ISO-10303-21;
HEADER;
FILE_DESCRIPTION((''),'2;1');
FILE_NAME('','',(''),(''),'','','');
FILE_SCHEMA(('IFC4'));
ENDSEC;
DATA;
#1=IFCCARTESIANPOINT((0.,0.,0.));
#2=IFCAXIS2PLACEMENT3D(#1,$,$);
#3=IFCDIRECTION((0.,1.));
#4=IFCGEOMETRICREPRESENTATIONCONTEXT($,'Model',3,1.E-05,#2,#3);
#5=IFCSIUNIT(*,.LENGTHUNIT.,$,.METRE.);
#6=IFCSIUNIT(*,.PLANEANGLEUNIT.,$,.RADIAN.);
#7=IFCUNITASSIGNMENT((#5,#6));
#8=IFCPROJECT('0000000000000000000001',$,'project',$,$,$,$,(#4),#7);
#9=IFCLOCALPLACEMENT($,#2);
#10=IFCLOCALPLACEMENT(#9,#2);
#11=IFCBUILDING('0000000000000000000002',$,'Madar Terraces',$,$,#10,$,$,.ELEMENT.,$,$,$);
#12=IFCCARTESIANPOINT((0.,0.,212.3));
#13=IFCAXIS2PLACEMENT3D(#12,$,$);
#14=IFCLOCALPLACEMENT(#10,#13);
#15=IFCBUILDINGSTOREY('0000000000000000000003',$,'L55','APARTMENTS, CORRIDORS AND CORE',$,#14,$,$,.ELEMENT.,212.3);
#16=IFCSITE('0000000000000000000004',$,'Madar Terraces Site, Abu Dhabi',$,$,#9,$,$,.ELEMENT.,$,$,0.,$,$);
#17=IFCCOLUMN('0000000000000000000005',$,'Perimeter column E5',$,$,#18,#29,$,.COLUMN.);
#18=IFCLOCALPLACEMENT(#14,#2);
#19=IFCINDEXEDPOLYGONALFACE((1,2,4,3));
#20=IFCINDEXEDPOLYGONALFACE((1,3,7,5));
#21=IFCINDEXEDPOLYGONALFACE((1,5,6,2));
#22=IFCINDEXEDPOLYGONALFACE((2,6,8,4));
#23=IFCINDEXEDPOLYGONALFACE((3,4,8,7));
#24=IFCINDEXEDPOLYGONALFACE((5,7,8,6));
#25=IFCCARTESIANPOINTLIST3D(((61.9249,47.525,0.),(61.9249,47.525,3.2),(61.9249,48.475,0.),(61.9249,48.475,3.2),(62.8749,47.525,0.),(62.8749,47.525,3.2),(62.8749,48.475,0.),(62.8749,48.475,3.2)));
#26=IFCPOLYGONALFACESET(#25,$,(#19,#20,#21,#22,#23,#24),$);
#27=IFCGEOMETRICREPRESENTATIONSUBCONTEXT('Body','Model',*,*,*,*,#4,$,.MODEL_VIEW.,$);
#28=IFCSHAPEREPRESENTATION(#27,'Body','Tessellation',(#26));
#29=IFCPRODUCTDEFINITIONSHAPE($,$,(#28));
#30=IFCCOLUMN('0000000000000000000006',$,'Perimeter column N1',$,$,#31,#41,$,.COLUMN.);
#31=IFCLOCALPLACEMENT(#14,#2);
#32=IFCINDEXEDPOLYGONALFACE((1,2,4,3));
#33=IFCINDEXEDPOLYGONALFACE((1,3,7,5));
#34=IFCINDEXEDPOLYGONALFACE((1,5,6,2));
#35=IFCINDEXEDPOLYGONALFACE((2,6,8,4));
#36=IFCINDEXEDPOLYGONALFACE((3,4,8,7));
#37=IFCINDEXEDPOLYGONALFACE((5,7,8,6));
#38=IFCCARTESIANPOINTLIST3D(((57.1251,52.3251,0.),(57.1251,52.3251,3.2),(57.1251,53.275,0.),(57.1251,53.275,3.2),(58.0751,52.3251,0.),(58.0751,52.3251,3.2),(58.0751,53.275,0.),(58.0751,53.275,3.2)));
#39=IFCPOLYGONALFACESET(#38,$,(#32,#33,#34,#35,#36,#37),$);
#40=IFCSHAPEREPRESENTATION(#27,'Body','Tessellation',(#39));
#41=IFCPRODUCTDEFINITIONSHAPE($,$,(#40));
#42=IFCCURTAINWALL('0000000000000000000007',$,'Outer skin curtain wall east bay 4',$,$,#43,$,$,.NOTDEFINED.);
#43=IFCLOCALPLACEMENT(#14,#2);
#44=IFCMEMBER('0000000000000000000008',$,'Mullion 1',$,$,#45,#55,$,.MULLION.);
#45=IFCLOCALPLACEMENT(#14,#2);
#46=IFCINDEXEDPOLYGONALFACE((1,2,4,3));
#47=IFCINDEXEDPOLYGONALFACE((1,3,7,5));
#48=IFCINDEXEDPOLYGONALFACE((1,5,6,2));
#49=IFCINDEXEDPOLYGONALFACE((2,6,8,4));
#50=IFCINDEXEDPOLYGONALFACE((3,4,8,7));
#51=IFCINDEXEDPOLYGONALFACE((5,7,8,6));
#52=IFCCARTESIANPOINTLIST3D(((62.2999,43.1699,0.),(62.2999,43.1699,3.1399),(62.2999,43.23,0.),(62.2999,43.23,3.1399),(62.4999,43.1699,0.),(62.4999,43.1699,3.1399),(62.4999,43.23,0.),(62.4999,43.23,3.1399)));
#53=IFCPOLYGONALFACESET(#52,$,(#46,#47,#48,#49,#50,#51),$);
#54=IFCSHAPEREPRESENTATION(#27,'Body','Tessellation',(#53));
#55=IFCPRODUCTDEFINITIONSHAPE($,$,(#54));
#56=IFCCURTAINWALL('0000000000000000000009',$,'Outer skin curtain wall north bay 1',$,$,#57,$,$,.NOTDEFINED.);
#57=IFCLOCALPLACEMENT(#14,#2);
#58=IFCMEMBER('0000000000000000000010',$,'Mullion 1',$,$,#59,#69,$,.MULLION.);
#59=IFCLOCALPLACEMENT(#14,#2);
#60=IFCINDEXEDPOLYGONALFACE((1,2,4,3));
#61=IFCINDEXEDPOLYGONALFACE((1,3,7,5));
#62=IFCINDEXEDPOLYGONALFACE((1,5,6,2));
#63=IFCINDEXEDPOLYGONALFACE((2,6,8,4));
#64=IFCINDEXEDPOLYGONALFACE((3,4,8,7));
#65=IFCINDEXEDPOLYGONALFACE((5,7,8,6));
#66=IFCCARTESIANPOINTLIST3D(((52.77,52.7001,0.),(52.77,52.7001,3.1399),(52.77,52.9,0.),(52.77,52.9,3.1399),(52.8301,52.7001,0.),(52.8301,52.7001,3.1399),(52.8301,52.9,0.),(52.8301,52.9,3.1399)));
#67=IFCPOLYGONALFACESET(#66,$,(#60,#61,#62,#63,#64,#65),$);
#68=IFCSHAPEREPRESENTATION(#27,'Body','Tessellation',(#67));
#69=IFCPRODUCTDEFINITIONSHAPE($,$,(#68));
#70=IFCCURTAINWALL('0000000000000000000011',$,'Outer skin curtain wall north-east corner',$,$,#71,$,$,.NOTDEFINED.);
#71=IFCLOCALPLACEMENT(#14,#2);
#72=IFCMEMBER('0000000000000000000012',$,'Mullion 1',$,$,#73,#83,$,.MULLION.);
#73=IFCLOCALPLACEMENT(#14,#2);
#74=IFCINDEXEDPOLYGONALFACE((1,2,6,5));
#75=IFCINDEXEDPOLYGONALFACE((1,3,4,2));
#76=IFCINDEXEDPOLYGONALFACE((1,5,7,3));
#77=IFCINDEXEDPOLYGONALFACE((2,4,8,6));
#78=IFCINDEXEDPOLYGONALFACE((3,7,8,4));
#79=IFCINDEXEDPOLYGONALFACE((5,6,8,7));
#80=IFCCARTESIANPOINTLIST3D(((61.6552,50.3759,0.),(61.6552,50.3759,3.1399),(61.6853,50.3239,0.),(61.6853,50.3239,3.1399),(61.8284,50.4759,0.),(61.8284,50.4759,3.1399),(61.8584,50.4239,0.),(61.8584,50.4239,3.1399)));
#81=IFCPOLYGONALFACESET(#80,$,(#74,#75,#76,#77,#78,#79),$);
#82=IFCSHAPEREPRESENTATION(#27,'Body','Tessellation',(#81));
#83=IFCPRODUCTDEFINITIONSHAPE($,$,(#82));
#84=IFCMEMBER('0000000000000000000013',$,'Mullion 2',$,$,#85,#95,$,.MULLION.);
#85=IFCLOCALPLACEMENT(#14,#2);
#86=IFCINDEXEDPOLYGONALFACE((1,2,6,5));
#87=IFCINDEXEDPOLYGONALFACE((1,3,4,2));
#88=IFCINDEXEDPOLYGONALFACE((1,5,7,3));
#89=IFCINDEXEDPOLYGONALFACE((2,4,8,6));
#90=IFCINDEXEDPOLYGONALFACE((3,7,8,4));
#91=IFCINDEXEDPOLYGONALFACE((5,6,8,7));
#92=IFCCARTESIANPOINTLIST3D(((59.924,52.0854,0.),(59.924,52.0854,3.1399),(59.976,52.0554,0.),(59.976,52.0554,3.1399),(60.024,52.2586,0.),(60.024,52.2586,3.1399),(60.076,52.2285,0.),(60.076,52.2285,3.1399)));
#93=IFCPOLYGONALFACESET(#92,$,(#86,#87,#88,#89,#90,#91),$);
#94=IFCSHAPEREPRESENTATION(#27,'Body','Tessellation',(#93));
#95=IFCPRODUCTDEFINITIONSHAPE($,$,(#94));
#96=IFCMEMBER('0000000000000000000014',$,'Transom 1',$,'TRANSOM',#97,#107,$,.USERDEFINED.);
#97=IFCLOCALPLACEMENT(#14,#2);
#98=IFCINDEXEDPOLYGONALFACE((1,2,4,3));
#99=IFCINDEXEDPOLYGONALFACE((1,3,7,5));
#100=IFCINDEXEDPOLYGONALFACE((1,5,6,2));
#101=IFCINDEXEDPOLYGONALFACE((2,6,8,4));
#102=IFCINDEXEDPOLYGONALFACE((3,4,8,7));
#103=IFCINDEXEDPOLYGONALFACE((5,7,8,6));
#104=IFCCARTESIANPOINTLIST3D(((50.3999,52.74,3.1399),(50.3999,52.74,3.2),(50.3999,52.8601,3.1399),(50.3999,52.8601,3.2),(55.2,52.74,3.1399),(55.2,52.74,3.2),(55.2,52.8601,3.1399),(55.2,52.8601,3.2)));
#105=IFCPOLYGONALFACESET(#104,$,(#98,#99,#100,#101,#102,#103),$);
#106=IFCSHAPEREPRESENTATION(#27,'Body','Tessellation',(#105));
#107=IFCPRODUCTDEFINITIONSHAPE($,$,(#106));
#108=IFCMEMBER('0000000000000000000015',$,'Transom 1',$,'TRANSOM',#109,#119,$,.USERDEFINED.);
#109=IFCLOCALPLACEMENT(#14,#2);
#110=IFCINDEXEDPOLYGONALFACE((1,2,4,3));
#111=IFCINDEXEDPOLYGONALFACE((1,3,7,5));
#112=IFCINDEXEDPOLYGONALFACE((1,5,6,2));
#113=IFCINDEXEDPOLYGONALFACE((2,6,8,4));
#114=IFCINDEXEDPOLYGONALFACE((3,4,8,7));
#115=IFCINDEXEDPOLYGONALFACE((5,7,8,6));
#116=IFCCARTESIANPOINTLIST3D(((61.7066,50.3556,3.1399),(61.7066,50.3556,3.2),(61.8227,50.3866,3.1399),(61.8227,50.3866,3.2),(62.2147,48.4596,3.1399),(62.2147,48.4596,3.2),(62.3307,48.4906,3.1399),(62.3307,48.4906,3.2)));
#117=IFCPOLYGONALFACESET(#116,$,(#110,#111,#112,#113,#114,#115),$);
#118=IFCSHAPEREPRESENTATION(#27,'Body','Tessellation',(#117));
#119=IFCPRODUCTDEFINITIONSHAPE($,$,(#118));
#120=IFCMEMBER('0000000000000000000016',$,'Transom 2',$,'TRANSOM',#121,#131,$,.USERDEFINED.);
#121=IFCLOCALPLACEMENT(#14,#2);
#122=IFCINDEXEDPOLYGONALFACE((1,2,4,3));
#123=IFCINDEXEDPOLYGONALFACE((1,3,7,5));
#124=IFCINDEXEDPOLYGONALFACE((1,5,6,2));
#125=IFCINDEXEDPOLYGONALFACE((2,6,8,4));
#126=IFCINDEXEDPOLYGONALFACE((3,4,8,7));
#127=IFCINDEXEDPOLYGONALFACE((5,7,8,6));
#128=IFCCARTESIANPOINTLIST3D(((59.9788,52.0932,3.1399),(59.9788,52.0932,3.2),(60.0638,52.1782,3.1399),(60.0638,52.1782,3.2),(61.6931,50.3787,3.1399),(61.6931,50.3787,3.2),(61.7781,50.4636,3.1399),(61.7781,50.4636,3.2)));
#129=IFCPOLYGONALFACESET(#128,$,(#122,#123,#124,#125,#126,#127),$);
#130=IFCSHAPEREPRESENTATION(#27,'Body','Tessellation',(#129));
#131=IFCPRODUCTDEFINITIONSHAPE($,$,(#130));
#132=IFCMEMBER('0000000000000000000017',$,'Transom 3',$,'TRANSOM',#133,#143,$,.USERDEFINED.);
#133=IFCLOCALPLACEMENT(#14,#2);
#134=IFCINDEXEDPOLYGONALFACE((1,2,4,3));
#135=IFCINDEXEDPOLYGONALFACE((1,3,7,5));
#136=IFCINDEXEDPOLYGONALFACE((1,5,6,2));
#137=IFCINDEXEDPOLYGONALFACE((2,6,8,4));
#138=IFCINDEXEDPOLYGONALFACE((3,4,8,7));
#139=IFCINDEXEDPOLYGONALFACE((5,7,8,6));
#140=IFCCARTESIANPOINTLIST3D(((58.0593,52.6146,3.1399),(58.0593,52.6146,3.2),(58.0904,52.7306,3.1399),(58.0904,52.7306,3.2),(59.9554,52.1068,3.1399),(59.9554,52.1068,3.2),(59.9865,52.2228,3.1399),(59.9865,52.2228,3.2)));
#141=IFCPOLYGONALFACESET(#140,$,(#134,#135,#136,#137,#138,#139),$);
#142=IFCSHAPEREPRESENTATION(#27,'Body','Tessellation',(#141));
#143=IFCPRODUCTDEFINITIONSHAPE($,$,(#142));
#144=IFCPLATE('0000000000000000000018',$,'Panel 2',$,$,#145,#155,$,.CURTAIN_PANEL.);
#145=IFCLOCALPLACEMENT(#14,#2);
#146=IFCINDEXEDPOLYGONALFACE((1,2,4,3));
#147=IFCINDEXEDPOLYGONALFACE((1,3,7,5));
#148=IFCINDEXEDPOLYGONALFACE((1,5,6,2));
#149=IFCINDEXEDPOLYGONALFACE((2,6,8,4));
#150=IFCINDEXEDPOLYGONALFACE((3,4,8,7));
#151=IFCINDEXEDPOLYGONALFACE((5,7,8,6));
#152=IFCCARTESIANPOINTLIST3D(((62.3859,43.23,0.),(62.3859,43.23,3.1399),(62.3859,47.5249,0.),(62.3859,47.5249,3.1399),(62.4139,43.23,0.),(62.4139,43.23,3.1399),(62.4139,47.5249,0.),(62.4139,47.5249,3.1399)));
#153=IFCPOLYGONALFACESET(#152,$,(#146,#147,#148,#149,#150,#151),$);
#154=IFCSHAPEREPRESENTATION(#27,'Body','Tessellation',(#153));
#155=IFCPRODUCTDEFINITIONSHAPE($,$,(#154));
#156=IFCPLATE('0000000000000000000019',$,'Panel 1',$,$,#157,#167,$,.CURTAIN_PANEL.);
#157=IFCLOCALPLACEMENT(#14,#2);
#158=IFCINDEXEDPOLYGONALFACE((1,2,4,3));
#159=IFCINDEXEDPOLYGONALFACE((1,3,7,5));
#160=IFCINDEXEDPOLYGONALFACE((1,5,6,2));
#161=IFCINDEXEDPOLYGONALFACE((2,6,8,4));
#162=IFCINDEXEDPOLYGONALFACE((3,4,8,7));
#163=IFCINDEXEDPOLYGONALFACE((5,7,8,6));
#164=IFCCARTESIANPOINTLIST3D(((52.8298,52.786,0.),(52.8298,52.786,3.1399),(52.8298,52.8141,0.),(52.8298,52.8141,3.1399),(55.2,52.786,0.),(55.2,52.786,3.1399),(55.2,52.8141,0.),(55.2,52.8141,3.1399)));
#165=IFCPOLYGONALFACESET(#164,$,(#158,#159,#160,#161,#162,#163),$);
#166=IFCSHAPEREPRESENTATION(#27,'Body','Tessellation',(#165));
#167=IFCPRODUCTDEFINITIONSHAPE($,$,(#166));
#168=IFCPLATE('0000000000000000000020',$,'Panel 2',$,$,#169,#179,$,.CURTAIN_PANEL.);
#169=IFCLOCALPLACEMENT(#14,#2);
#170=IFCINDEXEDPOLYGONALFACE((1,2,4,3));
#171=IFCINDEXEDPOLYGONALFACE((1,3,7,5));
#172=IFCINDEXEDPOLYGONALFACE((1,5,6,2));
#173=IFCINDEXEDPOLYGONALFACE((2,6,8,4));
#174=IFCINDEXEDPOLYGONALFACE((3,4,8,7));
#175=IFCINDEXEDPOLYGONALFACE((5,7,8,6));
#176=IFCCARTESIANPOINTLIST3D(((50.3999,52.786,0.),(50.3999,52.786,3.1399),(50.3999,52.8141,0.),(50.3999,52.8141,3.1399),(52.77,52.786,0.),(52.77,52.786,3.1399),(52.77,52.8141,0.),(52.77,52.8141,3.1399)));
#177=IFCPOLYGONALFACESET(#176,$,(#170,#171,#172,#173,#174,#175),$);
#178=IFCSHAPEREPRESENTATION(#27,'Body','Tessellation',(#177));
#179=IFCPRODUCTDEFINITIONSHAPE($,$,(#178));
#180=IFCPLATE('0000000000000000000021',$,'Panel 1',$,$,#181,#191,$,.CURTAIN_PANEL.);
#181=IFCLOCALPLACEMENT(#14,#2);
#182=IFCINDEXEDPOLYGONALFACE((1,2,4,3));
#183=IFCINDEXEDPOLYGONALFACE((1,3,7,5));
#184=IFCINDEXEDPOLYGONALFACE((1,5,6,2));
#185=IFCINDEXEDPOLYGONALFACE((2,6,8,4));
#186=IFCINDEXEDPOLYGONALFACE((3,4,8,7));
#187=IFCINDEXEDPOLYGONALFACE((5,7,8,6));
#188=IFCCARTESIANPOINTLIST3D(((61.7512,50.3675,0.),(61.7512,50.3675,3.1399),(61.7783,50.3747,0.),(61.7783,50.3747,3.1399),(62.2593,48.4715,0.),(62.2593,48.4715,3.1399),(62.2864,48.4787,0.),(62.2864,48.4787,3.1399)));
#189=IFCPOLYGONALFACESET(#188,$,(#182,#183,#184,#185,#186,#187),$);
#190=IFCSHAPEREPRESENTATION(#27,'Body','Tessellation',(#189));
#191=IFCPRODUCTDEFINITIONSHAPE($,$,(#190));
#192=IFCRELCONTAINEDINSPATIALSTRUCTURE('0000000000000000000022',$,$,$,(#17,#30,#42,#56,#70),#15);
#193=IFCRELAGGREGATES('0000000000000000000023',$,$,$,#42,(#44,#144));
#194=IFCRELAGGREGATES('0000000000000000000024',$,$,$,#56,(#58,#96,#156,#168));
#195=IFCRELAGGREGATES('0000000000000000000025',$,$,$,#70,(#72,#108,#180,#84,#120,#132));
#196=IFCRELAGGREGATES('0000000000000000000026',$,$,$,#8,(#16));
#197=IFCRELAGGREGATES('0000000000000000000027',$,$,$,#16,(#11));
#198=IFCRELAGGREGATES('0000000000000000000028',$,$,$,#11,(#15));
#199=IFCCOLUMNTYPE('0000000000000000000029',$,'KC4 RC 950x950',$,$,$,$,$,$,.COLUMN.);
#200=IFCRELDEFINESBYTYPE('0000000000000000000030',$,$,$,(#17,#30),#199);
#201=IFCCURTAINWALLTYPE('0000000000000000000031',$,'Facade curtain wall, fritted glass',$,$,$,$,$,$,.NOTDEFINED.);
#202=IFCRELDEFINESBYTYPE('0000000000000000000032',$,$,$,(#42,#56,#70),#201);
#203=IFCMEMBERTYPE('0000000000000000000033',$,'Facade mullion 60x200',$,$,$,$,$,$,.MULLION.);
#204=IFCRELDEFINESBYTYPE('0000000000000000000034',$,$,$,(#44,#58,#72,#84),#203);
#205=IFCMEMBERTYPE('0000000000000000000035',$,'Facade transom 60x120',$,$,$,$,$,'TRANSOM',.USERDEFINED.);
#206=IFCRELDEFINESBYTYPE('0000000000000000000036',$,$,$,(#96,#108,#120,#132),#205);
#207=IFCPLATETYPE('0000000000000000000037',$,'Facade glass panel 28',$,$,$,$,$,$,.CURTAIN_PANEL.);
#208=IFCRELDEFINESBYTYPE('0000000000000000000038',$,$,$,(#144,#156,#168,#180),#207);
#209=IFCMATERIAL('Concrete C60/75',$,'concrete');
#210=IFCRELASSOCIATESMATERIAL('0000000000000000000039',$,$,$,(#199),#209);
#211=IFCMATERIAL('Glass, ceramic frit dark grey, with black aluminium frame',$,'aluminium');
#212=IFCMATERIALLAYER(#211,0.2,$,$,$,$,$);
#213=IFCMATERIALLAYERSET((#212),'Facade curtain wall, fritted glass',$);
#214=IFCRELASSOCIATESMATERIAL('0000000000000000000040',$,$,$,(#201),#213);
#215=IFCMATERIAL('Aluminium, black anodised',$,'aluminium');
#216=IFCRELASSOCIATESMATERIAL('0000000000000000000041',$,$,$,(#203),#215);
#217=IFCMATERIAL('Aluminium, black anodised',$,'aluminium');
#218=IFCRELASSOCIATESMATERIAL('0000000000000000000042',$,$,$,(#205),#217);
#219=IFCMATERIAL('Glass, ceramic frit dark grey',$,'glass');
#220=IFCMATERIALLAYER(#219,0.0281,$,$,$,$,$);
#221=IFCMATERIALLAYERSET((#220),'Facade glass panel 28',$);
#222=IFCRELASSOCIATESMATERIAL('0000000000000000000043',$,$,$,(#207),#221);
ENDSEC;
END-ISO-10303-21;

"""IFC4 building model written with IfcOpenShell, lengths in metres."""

from ifc_helpers import new_model, si_unit, direction, frame, origin, origin_2d, place, context, subcontext, project, spatial, rectangle, extrude, material, layer, layer_set, material_profile, profile_set, type_object, element, aggregate, save


model = new_model("IFC4")

# Units and contexts
model_context = context("Model", 3, precision=1e-05, world=origin(), true_north=direction((0.0, 1.0)))
body_context = subcontext(model_context, "Body", "Model", "MODEL_VIEW")
ifc_project = project(units=[si_unit("LENGTHUNIT", "METRE"), si_unit("PLANEANGLEUNIT", "RADIAN")], contexts=[model_context])

# Site, building, storey
site_placement = place(None, origin())
site = spatial("IfcSite", under=ifc_project, at=site_placement, Name="Madar Terraces Site, Abu Dhabi", CompositionType="ELEMENT", RefElevation=0.0)
building_placement = place(site_placement, origin())
building = spatial("IfcBuilding", under=site, at=building_placement, Name="Madar Terraces", CompositionType="ELEMENT")
storey_placement = place(building_placement, frame((0.0, 0.0, 212.3)))
storey = spatial("IfcBuildingStorey", under=building, at=storey_placement, Name="L55", Description="APARTMENTS, CORRIDORS AND CORE", CompositionType="ELEMENT", Elevation=212.3)

# Columns
ifc_material_1 = material(Name="Concrete C60/75", Category="concrete")
ifc_material_profile_1 = material_profile(ifc_material_1, rectangle(XDim=0.95, YDim=0.95, at=origin_2d()), Name="KC4 RC 950x950")
ifc_profile_set_1 = profile_set([ifc_material_profile_1], Name="Concrete C60/75")
column_type = type_object("IfcColumnType", Name="KC4 RC 950x950", PredefinedType="COLUMN", material=ifc_profile_set_1)
for number, where, z_axis, x_axis, name in (
    (1, (62.3999, 48.0, 0.0), (0.0, 0.0, 1.0), (1.0, 0.0, 0.0), "Perimeter column E5"),
    (2, (57.6001, 52.8, 0.0), (0.0, 0.0, 1.0), (1.0, 0.0, 0.0), "Perimeter column N1"),
):
    element("IfcColumn", number, at=place(storey_placement, frame(where, z_axis=z_axis, x_axis=x_axis)), inside=storey, type_object=column_type, Name=name, PredefinedType="COLUMN", context=body_context, shape_type="SweptSolid", body=[
        extrude(rectangle(XDim=0.95, YDim=0.95, at=origin_2d()), origin(), (0.0, 0.0, 1.0), 3.2),
    ])

# Curtain walls, members
ifc_material_2 = material(Name="Glass, ceramic frit dark grey, with black aluminium frame", Category="aluminium")
ifc_layer_1 = layer(ifc_material_2, 0.2)
ifc_layer_set_1 = layer_set([ifc_layer_1], Name="Facade curtain wall, fritted glass")
curtain_wall_type = type_object("IfcCurtainWallType", Name="Facade curtain wall, fritted glass", PredefinedType="NOTDEFINED", material=ifc_layer_set_1)
curtain_wall_1_placement = place(storey_placement, origin())
curtain_wall_1 = element("IfcCurtainWall", 3, at=curtain_wall_1_placement, inside=storey, type_object=curtain_wall_type, Name="Outer skin curtain wall east bay 4", PredefinedType="NOTDEFINED")
ifc_material_3 = material(Name="Aluminium, black anodised", Category="aluminium")
ifc_material_profile_2 = material_profile(ifc_material_3, rectangle(XDim=0.2, YDim=0.0601, at=origin_2d()), Name="Facade mullion 60x200")
ifc_profile_set_2 = profile_set([ifc_material_profile_2], Name="Aluminium, black anodised")
member_type_1 = type_object("IfcMemberType", Name="Facade mullion 60x200", PredefinedType="MULLION", material=ifc_profile_set_2)
member_1_placement = place(storey_placement, frame((62.3999, 43.2, 0.0), z_axis=(0.0, 0.0, 1.0), x_axis=(-1.0, 0.0, 0.0)))
member_1 = element("IfcMember", 4, at=member_1_placement, type_object=member_type_1, Name="Mullion 1", PredefinedType="MULLION", context=body_context, shape_type="SweptSolid", body=[
    extrude(rectangle(XDim=0.2, YDim=0.0601, at=origin_2d()), origin(), (0.0, 0.0, 1.0), 3.1399),
])
curtain_wall_2_placement = place(storey_placement, origin())
curtain_wall_2 = element("IfcCurtainWall", 5, at=curtain_wall_2_placement, inside=storey, type_object=curtain_wall_type, Name="Outer skin curtain wall north bay 1", PredefinedType="NOTDEFINED")
member_2_placement = place(storey_placement, frame((52.8, 52.8, 0.0), z_axis=(0.0, 0.0, 1.0), x_axis=(0.0, -1.0, 0.0)))
member_2 = element("IfcMember", 6, at=member_2_placement, type_object=member_type_1, Name="Mullion 1", PredefinedType="MULLION", context=body_context, shape_type="SweptSolid", body=[
    extrude(rectangle(XDim=0.2, YDim=0.0601, at=origin_2d()), origin(), (0.0, 0.0, 1.0), 3.1399),
])

# Curtain wall, members
curtain_wall_3_placement = place(storey_placement, origin())
curtain_wall_3 = element("IfcCurtainWall", 7, at=curtain_wall_3_placement, inside=storey, type_object=curtain_wall_type, Name="Outer skin curtain wall north-east corner", PredefinedType="NOTDEFINED")
member_3_placement = place(storey_placement, frame((61.7568, 50.3999, 0.0), z_axis=(0.0, 0.0, 1.0), x_axis=(-0.866025, -0.5, 0.0)))
member_3 = element("IfcMember", 8, at=member_3_placement, type_object=member_type_1, Name="Mullion 1", PredefinedType="MULLION", context=body_context, shape_type="SweptSolid", body=[
    extrude(rectangle(XDim=0.2, YDim=0.0601, at=origin_2d()), origin(), (0.0, 0.0, 1.0), 3.1399),
])
member_4_placement = place(storey_placement, frame((60.0, 52.157, 0.0), z_axis=(0.0, 0.0, 1.0), x_axis=(-0.5, -0.866025, 0.0)))
member_4 = element("IfcMember", 9, at=member_4_placement, type_object=member_type_1, Name="Mullion 2", PredefinedType="MULLION", context=body_context, shape_type="SweptSolid", body=[
    extrude(rectangle(XDim=0.2, YDim=0.0601, at=origin_2d()), origin(), (0.0, 0.0, 1.0), 3.1399),
])

# Members
ifc_material_4 = material(Name="Aluminium, black anodised", Category="aluminium")
ifc_material_profile_3 = material_profile(ifc_material_4, rectangle(XDim=0.1201, YDim=0.0601, at=origin_2d()), Name="Facade transom 60x120")
ifc_profile_set_3 = profile_set([ifc_material_profile_3], Name="Aluminium, black anodised")
member_type_2 = type_object("IfcMemberType", Name="Facade transom 60x120", ElementType="TRANSOM", PredefinedType="USERDEFINED", material=ifc_profile_set_3)
member_5_placement = place(storey_placement, frame((55.2, 52.8, 3.1699), z_axis=(-1.0, 0.0, 0.0), x_axis=(0.0, -1.0, 0.0)))
member_5 = element("IfcMember", 10, at=member_5_placement, type_object=member_type_2, Name="Transom 1", ObjectType="TRANSOM", PredefinedType="USERDEFINED", context=body_context, shape_type="SweptSolid", body=[
    extrude(rectangle(XDim=0.1201, YDim=0.0601, at=origin_2d()), origin(), (0.0, 0.0, 1.0), 4.8),
])
member_6_placement = place(storey_placement, frame((62.2727, 48.4751, 3.1699), z_axis=(-0.258831, 0.965923, 0.0), x_axis=(-0.965923, -0.258831, 0.0)))
member_6 = element("IfcMember", 11, at=member_6_placement, type_object=member_type_2, Name="Transom 1", ObjectType="TRANSOM", PredefinedType="USERDEFINED", context=body_context, shape_type="SweptSolid", body=[
    extrude(rectangle(XDim=0.1201, YDim=0.0601, at=origin_2d()), origin(), (0.0, 0.0, 1.0), 1.9629),
])
member_7_placement = place(storey_placement, frame((61.7356, 50.4211, 3.1699), z_axis=(-0.707056, 0.707157, 0.0), x_axis=(-0.707157, -0.707056, 0.0)))
member_7 = element("IfcMember", 12, at=member_7_placement, type_object=member_type_2, Name="Transom 2", ObjectType="TRANSOM", PredefinedType="USERDEFINED", context=body_context, shape_type="SweptSolid", body=[
    extrude(rectangle(XDim=0.1201, YDim=0.0601, at=origin_2d()), origin(), (0.0, 0.0, 1.0), 2.4246),
])
member_8_placement = place(storey_placement, frame((59.9709, 52.1648, 3.1699), z_axis=(-0.965954, 0.258715, 0.0), x_axis=(-0.258715, -0.965954, 0.0)))
member_8 = element("IfcMember", 13, at=member_8_placement, type_object=member_type_2, Name="Transom 3", ObjectType="TRANSOM", PredefinedType="USERDEFINED", context=body_context, shape_type="SweptSolid", body=[
    extrude(rectangle(XDim=0.1201, YDim=0.0601, at=origin_2d()), origin(), (0.0, 0.0, 1.0), 1.9629),
])

# Plates
ifc_material_5 = material(Name="Glass, ceramic frit dark grey", Category="glass")
ifc_layer_2 = layer(ifc_material_5, 0.0281)
ifc_layer_set_2 = layer_set([ifc_layer_2], Name="Facade glass panel 28")
plate_type = type_object("IfcPlateType", Name="Facade glass panel 28", PredefinedType="CURTAIN_PANEL", material=ifc_layer_set_2)
plate_1_placement = place(storey_placement, frame((62.3999, 45.3774, 0.0), z_axis=(0.0, 0.0, 1.0), x_axis=(0.0, 1.0, 0.0)))
plate_1 = element("IfcPlate", 14, at=plate_1_placement, type_object=plate_type, Name="Panel 2", PredefinedType="CURTAIN_PANEL", context=body_context, shape_type="SweptSolid", body=[
    extrude(rectangle(XDim=4.2949, YDim=0.0281, at=origin_2d()), origin(), (0.0, 0.0, 1.0), 3.1399),
])
aggregate(curtain_wall_1, [member_1, plate_1])
plate_2_placement = place(storey_placement, frame((54.0149, 52.8, 0.0), z_axis=(0.0, 0.0, 1.0), x_axis=(-1.0, 0.0, 0.0)))
plate_2 = element("IfcPlate", 15, at=plate_2_placement, type_object=plate_type, Name="Panel 1", PredefinedType="CURTAIN_PANEL", context=body_context, shape_type="SweptSolid", body=[
    extrude(rectangle(XDim=2.3701, YDim=0.0281, at=origin_2d()), origin(), (0.0, 0.0, 1.0), 3.1399),
])
plate_3_placement = place(storey_placement, frame((51.585, 52.8, 0.0), z_axis=(0.0, 0.0, 1.0), x_axis=(-1.0, 0.0, 0.0)))
plate_3 = element("IfcPlate", 16, at=plate_3_placement, type_object=plate_type, Name="Panel 2", PredefinedType="CURTAIN_PANEL", context=body_context, shape_type="SweptSolid", body=[
    extrude(rectangle(XDim=2.3701, YDim=0.0281, at=origin_2d()), origin(), (0.0, 0.0, 1.0), 3.1399),
])
aggregate(curtain_wall_2, [member_2, member_5, plate_2, plate_3])
plate_4_placement = place(storey_placement, frame((62.0188, 49.4231, 0.0), z_axis=(0.0, 0.0, 1.0), x_axis=(-0.258819, 0.965926, 0.0)))
plate_4 = element("IfcPlate", 17, at=plate_4_placement, type_object=plate_type, Name="Panel 1", PredefinedType="CURTAIN_PANEL", context=body_context, shape_type="SweptSolid", body=[
    extrude(rectangle(XDim=1.9629, YDim=0.0281, at=origin_2d()), origin(), (0.0, 0.0, 1.0), 3.1399),
])
aggregate(curtain_wall_3, [member_3, member_6, plate_4, member_4, member_7, member_8])

save(model, "model.ifc")
